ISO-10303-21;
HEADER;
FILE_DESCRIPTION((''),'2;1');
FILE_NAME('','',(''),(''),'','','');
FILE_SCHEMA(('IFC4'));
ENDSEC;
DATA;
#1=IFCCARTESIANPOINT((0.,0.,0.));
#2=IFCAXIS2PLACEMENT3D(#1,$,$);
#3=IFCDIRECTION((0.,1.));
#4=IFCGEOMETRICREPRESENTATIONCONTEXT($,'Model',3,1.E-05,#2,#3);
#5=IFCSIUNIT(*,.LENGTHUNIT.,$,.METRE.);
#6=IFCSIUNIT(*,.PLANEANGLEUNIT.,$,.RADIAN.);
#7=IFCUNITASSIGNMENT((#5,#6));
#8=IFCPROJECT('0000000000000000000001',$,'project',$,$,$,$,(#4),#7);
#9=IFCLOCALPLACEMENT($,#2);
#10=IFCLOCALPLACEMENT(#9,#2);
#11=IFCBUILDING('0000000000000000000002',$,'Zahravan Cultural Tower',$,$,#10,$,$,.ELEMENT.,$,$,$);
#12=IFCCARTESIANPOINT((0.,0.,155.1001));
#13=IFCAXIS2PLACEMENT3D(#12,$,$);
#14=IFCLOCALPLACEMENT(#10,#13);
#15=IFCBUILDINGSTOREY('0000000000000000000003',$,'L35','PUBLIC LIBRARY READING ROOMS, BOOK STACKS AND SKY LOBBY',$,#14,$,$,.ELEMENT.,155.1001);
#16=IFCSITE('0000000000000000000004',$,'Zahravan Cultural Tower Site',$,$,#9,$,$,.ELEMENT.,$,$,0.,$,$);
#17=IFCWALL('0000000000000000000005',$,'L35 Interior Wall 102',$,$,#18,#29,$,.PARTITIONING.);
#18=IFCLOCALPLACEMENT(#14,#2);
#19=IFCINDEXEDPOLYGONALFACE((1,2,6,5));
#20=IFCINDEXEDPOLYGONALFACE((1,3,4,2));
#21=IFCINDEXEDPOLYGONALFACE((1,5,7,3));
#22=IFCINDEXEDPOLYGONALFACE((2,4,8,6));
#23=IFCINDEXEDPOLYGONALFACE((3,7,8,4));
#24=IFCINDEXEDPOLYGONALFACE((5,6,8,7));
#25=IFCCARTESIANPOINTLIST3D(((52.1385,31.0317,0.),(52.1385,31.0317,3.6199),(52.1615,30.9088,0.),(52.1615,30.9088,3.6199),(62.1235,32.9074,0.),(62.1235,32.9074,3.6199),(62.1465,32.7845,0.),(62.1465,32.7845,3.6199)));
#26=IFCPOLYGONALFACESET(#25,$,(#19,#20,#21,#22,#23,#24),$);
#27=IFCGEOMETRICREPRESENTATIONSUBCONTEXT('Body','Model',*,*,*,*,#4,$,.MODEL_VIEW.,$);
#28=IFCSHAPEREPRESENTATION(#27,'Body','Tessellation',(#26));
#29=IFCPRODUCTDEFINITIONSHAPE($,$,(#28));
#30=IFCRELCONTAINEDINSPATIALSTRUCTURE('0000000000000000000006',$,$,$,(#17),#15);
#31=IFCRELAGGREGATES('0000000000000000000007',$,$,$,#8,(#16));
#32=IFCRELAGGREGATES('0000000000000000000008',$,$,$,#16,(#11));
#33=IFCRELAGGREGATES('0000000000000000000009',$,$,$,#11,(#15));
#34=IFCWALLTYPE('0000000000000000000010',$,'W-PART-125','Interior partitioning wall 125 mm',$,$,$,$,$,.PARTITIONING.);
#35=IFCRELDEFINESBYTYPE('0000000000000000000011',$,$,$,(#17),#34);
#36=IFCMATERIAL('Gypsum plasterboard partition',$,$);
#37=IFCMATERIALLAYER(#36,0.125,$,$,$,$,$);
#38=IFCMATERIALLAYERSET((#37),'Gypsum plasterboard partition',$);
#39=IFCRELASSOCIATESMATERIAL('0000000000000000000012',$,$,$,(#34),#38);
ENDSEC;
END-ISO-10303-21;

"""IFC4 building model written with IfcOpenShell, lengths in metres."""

from ifc_helpers import new_model, si_unit, direction, frame, frame_2d, origin, place, context, subcontext, project, spatial, rectangle, extrude, source, transform, mapped, material, layer, layer_set, type_object, element, save


model = new_model("IFC4")

# Units and contexts
model_context = context("Model", 3, precision=1e-05, world=origin(), true_north=direction((0.0, 1.0)))
body_context = subcontext(model_context, "Body", "Model", "MODEL_VIEW")
ifc_project = project(units=[si_unit("LENGTHUNIT", "METRE"), si_unit("PLANEANGLEUNIT", "RADIAN")], contexts=[model_context])

# Site, building, storey
site_placement = place(None, origin())
site = spatial("IfcSite", under=ifc_project, at=site_placement, Name="Zahravan Cultural Tower Site", CompositionType="ELEMENT", RefElevation=0.0)
building_placement = place(site_placement, origin())
building = spatial("IfcBuilding", under=site, at=building_placement, Name="Zahravan Cultural Tower", CompositionType="ELEMENT")
storey_placement = place(building_placement, frame((0.0, 0.0, 155.1001)))
storey = spatial("IfcBuildingStorey", under=building, at=storey_placement, Name="L35", Description="PUBLIC LIBRARY READING ROOMS, BOOK STACKS AND SKY LOBBY", CompositionType="ELEMENT", Elevation=155.1001)

# Wall
ifc_material_1 = material(Name="Gypsum plasterboard partition")
ifc_layer_1 = layer(ifc_material_1, 0.125)
ifc_layer_set_1 = layer_set([ifc_layer_1], Name="Gypsum plasterboard partition")
wall_type_1 = type_object("IfcWallType", Name="W-PART-125", Description="Interior partitioning wall 125 mm", PredefinedType="PARTITIONING", material=ifc_layer_set_1)
shared_shape_1 = source(origin(), body_context, "Body", "SweptSolid", [
    extrude(rectangle(XDim=10.1597, YDim=0.125, at=frame_2d((5.0798, 0.0))), origin(), (0.0, 0.0, 1.0), 3.6199),
])
wall_1_placement = place(storey_placement, frame((62.135, 32.8459, 0.0), z_axis=(0.0, 0.0, 1.0), x_axis=(-0.982809, -0.184624, 0.0)))
element("IfcWall", 1, at=wall_1_placement, inside=storey, type_object=wall_type_1, Name="L35 Interior Wall 102", PredefinedType="PARTITIONING", context=body_context, shape_type="MappedRepresentation", body=[
    mapped(shared_shape_1, transform((0.0, 0.0, 0.0), x_axis=(1.0, 0.0, 0.0), y_axis=(0.0, 1.0, 0.0), z_axis=(0.0, 0.0, 1.0), scale=1.0)),
])

save(model, "model.ifc")
